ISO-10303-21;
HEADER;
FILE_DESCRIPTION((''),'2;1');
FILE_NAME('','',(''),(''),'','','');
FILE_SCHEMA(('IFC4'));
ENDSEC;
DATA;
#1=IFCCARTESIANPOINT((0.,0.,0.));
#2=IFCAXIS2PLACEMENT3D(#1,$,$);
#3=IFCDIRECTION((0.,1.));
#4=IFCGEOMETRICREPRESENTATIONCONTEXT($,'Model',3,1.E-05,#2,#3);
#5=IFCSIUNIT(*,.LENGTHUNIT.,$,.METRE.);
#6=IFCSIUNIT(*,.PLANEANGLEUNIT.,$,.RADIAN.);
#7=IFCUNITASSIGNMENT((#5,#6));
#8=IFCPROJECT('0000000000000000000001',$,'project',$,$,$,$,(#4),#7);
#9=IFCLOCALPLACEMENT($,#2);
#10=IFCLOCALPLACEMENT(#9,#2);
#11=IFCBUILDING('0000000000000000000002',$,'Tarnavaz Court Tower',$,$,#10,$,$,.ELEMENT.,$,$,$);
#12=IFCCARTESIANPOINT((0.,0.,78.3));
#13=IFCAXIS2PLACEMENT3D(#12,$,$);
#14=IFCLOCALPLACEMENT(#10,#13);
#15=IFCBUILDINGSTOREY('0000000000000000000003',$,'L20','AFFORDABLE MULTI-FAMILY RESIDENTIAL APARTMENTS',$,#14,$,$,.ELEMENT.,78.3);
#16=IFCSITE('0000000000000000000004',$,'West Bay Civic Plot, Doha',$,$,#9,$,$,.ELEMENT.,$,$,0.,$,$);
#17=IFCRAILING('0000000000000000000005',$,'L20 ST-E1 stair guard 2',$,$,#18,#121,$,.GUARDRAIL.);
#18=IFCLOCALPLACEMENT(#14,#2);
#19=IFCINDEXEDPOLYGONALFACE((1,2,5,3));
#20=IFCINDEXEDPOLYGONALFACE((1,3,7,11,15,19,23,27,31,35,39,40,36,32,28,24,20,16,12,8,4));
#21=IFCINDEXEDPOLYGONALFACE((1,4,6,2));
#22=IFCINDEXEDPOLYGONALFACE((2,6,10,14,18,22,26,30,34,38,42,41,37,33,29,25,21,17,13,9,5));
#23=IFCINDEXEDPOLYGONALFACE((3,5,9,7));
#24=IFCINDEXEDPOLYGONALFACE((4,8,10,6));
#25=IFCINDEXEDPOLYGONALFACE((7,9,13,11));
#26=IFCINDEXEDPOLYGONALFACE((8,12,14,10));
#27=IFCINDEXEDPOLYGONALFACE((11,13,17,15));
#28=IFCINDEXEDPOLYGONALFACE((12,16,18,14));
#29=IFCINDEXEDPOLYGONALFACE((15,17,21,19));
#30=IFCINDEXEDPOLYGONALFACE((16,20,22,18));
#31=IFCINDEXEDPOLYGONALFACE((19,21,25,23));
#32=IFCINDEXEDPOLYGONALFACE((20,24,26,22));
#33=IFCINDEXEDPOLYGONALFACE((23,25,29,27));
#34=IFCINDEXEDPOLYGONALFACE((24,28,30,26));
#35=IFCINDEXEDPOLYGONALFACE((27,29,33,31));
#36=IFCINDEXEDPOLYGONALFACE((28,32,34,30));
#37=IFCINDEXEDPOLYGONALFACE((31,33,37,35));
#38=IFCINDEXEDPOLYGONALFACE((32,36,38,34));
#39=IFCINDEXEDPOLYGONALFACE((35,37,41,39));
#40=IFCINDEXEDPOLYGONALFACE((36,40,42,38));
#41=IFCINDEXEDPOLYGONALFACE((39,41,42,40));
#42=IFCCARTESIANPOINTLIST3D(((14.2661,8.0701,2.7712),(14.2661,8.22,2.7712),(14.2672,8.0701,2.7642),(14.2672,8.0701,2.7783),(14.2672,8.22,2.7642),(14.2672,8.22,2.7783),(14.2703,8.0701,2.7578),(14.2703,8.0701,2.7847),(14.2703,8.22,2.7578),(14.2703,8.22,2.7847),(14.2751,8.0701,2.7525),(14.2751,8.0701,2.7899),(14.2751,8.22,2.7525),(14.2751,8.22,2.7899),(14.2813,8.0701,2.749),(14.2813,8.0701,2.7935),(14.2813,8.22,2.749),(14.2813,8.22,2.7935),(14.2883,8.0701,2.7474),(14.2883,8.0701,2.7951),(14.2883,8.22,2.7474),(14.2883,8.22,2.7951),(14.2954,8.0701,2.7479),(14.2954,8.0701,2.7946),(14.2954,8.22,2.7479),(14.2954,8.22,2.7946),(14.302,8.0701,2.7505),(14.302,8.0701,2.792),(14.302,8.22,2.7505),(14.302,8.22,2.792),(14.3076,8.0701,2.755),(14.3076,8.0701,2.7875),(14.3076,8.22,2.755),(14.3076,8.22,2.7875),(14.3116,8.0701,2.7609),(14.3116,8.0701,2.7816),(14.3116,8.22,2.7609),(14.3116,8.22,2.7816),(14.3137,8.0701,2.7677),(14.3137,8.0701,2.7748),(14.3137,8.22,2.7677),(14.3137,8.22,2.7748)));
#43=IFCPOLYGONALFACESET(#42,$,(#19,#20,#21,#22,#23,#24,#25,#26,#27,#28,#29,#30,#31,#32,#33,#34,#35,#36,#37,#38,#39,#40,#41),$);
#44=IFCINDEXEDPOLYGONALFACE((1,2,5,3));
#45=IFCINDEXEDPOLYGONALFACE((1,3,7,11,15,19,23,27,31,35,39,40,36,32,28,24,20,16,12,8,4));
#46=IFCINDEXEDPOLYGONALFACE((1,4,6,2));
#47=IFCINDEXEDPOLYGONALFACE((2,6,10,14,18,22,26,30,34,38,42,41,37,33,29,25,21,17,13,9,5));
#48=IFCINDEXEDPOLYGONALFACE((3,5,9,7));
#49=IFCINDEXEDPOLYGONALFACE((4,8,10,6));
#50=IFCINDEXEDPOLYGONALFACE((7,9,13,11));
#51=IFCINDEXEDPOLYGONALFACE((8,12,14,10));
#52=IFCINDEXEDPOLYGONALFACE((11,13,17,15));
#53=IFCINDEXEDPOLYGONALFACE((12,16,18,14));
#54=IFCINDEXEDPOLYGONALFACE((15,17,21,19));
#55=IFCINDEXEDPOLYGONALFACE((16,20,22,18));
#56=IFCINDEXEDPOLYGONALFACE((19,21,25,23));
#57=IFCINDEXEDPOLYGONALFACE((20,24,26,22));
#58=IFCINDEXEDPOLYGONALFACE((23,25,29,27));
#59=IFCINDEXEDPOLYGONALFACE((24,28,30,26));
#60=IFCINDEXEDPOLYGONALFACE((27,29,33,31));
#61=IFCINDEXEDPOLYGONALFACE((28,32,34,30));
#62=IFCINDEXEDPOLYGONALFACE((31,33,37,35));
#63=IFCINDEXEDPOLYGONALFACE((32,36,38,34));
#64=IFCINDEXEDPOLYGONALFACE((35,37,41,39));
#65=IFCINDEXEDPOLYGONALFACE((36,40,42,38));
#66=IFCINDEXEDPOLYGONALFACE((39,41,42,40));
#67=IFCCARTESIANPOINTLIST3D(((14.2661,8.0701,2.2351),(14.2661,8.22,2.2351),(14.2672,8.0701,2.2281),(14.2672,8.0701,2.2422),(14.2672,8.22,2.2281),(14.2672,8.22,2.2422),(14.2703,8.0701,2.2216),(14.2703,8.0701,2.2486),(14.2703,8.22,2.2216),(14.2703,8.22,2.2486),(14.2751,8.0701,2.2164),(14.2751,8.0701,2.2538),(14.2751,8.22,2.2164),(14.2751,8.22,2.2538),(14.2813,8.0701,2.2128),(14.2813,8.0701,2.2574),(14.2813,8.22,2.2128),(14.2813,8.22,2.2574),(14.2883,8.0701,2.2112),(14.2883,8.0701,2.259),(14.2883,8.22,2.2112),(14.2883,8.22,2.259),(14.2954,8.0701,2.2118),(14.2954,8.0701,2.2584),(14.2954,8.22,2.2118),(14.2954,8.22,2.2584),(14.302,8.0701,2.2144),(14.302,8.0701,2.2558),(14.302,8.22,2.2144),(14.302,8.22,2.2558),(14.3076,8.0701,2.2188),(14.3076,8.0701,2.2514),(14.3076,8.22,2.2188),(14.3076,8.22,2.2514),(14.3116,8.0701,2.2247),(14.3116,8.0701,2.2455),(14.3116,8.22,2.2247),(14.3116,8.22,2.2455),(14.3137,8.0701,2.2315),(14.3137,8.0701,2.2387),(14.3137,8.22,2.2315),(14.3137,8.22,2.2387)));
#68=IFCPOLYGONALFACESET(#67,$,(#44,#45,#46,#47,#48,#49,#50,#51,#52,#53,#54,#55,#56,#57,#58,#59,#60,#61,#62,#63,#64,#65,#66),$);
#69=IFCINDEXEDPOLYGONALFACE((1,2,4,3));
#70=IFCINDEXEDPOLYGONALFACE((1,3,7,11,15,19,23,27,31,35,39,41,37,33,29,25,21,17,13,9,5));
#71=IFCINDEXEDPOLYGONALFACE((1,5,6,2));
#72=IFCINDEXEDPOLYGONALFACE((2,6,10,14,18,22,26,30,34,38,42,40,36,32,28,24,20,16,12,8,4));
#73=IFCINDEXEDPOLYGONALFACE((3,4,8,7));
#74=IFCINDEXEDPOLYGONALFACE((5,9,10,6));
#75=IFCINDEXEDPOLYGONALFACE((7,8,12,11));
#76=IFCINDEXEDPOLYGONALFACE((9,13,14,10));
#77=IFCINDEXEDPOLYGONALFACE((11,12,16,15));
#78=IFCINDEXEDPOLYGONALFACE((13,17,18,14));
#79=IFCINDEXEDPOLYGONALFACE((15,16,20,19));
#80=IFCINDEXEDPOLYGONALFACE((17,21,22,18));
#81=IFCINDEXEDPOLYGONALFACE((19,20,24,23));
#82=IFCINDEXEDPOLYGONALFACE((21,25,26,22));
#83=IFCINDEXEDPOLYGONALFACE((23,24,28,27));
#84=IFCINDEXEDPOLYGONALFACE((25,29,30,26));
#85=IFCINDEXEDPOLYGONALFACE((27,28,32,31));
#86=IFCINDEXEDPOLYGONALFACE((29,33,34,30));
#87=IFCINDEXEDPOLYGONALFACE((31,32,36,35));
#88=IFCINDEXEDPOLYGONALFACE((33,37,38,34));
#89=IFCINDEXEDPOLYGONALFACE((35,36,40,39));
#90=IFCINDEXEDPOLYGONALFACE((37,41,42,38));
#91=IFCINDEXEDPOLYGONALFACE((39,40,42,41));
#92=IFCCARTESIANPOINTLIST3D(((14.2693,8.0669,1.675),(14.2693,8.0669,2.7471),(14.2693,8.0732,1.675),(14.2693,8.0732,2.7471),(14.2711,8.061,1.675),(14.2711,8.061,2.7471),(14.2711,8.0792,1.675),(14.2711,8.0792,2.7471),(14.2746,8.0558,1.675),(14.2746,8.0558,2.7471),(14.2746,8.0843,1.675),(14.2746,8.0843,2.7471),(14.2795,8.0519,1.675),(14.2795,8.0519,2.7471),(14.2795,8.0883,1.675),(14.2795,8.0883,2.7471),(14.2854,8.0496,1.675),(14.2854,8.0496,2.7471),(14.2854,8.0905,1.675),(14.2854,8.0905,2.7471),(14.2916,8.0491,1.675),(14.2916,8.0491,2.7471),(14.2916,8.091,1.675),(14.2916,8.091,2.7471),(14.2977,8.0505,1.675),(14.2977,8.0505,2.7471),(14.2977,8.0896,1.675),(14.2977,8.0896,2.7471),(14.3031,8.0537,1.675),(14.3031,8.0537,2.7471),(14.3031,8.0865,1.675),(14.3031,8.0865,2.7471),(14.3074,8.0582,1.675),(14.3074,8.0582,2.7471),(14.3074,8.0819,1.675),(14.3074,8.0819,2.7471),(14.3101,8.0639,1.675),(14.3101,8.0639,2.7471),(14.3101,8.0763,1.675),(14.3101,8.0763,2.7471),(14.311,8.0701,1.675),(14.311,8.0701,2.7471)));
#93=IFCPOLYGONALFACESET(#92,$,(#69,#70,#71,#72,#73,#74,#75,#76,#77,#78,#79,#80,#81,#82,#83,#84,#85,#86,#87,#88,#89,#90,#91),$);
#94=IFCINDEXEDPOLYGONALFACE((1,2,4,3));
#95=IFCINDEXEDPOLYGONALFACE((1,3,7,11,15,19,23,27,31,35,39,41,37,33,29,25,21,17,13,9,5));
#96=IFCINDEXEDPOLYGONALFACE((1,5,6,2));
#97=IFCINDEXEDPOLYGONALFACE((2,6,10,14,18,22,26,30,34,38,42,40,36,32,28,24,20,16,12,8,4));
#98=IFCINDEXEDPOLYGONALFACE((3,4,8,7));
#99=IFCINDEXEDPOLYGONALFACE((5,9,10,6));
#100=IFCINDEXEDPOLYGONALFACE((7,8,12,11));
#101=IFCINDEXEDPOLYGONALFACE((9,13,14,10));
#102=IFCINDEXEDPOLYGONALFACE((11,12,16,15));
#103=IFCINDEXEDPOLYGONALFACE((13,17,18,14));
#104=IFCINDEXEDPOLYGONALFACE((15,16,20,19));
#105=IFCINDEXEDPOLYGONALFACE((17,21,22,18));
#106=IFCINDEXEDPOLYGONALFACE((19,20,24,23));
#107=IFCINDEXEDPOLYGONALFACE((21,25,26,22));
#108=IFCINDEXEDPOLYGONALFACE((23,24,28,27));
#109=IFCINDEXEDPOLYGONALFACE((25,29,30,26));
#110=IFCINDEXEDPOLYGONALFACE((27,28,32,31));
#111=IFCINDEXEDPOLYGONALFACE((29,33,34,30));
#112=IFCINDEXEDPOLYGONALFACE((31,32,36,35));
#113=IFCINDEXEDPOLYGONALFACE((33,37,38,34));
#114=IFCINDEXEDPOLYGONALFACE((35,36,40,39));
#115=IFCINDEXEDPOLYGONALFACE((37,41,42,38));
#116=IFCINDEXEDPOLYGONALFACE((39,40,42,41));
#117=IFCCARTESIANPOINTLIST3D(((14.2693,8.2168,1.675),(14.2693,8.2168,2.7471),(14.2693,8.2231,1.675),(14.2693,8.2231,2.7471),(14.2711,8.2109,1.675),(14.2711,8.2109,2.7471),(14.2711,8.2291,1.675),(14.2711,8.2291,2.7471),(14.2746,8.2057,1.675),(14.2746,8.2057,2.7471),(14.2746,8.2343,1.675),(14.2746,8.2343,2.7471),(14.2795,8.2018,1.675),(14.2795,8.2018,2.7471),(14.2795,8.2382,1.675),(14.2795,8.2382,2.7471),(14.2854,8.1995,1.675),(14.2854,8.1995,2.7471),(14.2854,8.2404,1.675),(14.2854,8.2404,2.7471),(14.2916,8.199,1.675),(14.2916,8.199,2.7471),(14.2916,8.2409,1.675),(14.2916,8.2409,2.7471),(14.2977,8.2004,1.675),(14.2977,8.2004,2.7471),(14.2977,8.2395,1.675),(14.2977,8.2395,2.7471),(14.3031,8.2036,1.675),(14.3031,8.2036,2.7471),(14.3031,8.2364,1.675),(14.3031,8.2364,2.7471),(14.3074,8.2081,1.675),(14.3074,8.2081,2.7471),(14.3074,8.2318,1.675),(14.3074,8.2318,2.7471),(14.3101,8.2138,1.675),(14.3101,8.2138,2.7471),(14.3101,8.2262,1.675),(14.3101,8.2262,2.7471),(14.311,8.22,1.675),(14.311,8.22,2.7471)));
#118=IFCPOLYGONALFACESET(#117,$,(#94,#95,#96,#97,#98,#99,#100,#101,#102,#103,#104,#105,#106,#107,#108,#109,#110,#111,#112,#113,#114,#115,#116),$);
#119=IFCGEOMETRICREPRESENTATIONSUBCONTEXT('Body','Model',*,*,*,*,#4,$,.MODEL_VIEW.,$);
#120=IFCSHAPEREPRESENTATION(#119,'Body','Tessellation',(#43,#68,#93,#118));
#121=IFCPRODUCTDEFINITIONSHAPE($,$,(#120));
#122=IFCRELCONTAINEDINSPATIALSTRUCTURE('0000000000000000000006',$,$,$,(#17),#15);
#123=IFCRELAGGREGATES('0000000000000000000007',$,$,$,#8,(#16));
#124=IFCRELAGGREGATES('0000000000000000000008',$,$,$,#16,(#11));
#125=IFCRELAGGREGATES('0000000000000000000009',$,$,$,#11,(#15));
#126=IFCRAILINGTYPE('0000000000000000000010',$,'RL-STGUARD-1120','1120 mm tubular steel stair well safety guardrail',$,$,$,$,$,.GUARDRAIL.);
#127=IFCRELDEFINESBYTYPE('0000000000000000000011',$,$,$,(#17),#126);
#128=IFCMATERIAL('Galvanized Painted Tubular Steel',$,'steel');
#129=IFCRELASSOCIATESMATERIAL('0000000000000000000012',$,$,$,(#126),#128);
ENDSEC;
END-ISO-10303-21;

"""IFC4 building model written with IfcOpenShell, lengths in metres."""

from ifc_helpers import new_model, si_unit, direction, frame, origin, origin_2d, place, context, subcontext, project, spatial, circle, extrude, material, type_object, element, save


model = new_model("IFC4")

# Units and contexts
model_context = context("Model", 3, precision=1e-05, world=origin(), true_north=direction((0.0, 1.0)))
body_context = subcontext(model_context, "Body", "Model", "MODEL_VIEW")
ifc_project = project(units=[si_unit("LENGTHUNIT", "METRE"), si_unit("PLANEANGLEUNIT", "RADIAN")], contexts=[model_context])

# Site, building, storey
site_placement = place(None, origin())
site = spatial("IfcSite", under=ifc_project, at=site_placement, Name="West Bay Civic Plot, Doha", CompositionType="ELEMENT", RefElevation=0.0)
building_placement = place(site_placement, origin())
building = spatial("IfcBuilding", under=site, at=building_placement, Name="Tarnavaz Court Tower", CompositionType="ELEMENT")
storey_placement = place(building_placement, frame((0.0, 0.0, 78.3)))
storey = spatial("IfcBuildingStorey", under=building, at=storey_placement, Name="L20", Description="AFFORDABLE MULTI-FAMILY RESIDENTIAL APARTMENTS", CompositionType="ELEMENT", Elevation=78.3)

# Railing
ifc_material_1 = material(Name="Galvanized Painted Tubular Steel", Category="steel")
railing_type_1 = type_object("IfcRailingType", Name="RL-STGUARD-1120", Description="1120 mm tubular steel stair well safety guardrail", PredefinedType="GUARDRAIL", material=ifc_material_1)
railing_1_placement = place(storey_placement, frame((14.29, 8.0701, 1.675)))
element("IfcRailing", 1, at=railing_1_placement, inside=storey, type_object=railing_type_1, Name="L20 ST-E1 stair guard 2", PredefinedType="GUARDRAIL", context=body_context, shape_type="SweptSolid", body=[
    extrude(circle(Radius=0.0239, at=origin_2d()), frame((0.0, 0.0, 1.0962), z_axis=(0.0, 1.0, 0.0), x_axis=(-1.0, 0.0, 0.0)), (0.0, 0.0, 1.0), 0.1499),
    extrude(circle(Radius=0.0239, at=origin_2d()), frame((0.0, 0.0, 0.5601), z_axis=(0.0, 1.0, 0.0), x_axis=(-1.0, 0.0, 0.0)), (0.0, 0.0, 1.0), 0.1499),
    extrude(circle(Radius=0.021, at=origin_2d()), origin(), (0.0, 0.0, 1.0), 1.072),
    extrude(circle(Radius=0.021, at=origin_2d()), frame((0.0, 0.1499, 0.0)), (0.0, 0.0, 1.0), 1.072),
])

save(model, "model.ifc")
